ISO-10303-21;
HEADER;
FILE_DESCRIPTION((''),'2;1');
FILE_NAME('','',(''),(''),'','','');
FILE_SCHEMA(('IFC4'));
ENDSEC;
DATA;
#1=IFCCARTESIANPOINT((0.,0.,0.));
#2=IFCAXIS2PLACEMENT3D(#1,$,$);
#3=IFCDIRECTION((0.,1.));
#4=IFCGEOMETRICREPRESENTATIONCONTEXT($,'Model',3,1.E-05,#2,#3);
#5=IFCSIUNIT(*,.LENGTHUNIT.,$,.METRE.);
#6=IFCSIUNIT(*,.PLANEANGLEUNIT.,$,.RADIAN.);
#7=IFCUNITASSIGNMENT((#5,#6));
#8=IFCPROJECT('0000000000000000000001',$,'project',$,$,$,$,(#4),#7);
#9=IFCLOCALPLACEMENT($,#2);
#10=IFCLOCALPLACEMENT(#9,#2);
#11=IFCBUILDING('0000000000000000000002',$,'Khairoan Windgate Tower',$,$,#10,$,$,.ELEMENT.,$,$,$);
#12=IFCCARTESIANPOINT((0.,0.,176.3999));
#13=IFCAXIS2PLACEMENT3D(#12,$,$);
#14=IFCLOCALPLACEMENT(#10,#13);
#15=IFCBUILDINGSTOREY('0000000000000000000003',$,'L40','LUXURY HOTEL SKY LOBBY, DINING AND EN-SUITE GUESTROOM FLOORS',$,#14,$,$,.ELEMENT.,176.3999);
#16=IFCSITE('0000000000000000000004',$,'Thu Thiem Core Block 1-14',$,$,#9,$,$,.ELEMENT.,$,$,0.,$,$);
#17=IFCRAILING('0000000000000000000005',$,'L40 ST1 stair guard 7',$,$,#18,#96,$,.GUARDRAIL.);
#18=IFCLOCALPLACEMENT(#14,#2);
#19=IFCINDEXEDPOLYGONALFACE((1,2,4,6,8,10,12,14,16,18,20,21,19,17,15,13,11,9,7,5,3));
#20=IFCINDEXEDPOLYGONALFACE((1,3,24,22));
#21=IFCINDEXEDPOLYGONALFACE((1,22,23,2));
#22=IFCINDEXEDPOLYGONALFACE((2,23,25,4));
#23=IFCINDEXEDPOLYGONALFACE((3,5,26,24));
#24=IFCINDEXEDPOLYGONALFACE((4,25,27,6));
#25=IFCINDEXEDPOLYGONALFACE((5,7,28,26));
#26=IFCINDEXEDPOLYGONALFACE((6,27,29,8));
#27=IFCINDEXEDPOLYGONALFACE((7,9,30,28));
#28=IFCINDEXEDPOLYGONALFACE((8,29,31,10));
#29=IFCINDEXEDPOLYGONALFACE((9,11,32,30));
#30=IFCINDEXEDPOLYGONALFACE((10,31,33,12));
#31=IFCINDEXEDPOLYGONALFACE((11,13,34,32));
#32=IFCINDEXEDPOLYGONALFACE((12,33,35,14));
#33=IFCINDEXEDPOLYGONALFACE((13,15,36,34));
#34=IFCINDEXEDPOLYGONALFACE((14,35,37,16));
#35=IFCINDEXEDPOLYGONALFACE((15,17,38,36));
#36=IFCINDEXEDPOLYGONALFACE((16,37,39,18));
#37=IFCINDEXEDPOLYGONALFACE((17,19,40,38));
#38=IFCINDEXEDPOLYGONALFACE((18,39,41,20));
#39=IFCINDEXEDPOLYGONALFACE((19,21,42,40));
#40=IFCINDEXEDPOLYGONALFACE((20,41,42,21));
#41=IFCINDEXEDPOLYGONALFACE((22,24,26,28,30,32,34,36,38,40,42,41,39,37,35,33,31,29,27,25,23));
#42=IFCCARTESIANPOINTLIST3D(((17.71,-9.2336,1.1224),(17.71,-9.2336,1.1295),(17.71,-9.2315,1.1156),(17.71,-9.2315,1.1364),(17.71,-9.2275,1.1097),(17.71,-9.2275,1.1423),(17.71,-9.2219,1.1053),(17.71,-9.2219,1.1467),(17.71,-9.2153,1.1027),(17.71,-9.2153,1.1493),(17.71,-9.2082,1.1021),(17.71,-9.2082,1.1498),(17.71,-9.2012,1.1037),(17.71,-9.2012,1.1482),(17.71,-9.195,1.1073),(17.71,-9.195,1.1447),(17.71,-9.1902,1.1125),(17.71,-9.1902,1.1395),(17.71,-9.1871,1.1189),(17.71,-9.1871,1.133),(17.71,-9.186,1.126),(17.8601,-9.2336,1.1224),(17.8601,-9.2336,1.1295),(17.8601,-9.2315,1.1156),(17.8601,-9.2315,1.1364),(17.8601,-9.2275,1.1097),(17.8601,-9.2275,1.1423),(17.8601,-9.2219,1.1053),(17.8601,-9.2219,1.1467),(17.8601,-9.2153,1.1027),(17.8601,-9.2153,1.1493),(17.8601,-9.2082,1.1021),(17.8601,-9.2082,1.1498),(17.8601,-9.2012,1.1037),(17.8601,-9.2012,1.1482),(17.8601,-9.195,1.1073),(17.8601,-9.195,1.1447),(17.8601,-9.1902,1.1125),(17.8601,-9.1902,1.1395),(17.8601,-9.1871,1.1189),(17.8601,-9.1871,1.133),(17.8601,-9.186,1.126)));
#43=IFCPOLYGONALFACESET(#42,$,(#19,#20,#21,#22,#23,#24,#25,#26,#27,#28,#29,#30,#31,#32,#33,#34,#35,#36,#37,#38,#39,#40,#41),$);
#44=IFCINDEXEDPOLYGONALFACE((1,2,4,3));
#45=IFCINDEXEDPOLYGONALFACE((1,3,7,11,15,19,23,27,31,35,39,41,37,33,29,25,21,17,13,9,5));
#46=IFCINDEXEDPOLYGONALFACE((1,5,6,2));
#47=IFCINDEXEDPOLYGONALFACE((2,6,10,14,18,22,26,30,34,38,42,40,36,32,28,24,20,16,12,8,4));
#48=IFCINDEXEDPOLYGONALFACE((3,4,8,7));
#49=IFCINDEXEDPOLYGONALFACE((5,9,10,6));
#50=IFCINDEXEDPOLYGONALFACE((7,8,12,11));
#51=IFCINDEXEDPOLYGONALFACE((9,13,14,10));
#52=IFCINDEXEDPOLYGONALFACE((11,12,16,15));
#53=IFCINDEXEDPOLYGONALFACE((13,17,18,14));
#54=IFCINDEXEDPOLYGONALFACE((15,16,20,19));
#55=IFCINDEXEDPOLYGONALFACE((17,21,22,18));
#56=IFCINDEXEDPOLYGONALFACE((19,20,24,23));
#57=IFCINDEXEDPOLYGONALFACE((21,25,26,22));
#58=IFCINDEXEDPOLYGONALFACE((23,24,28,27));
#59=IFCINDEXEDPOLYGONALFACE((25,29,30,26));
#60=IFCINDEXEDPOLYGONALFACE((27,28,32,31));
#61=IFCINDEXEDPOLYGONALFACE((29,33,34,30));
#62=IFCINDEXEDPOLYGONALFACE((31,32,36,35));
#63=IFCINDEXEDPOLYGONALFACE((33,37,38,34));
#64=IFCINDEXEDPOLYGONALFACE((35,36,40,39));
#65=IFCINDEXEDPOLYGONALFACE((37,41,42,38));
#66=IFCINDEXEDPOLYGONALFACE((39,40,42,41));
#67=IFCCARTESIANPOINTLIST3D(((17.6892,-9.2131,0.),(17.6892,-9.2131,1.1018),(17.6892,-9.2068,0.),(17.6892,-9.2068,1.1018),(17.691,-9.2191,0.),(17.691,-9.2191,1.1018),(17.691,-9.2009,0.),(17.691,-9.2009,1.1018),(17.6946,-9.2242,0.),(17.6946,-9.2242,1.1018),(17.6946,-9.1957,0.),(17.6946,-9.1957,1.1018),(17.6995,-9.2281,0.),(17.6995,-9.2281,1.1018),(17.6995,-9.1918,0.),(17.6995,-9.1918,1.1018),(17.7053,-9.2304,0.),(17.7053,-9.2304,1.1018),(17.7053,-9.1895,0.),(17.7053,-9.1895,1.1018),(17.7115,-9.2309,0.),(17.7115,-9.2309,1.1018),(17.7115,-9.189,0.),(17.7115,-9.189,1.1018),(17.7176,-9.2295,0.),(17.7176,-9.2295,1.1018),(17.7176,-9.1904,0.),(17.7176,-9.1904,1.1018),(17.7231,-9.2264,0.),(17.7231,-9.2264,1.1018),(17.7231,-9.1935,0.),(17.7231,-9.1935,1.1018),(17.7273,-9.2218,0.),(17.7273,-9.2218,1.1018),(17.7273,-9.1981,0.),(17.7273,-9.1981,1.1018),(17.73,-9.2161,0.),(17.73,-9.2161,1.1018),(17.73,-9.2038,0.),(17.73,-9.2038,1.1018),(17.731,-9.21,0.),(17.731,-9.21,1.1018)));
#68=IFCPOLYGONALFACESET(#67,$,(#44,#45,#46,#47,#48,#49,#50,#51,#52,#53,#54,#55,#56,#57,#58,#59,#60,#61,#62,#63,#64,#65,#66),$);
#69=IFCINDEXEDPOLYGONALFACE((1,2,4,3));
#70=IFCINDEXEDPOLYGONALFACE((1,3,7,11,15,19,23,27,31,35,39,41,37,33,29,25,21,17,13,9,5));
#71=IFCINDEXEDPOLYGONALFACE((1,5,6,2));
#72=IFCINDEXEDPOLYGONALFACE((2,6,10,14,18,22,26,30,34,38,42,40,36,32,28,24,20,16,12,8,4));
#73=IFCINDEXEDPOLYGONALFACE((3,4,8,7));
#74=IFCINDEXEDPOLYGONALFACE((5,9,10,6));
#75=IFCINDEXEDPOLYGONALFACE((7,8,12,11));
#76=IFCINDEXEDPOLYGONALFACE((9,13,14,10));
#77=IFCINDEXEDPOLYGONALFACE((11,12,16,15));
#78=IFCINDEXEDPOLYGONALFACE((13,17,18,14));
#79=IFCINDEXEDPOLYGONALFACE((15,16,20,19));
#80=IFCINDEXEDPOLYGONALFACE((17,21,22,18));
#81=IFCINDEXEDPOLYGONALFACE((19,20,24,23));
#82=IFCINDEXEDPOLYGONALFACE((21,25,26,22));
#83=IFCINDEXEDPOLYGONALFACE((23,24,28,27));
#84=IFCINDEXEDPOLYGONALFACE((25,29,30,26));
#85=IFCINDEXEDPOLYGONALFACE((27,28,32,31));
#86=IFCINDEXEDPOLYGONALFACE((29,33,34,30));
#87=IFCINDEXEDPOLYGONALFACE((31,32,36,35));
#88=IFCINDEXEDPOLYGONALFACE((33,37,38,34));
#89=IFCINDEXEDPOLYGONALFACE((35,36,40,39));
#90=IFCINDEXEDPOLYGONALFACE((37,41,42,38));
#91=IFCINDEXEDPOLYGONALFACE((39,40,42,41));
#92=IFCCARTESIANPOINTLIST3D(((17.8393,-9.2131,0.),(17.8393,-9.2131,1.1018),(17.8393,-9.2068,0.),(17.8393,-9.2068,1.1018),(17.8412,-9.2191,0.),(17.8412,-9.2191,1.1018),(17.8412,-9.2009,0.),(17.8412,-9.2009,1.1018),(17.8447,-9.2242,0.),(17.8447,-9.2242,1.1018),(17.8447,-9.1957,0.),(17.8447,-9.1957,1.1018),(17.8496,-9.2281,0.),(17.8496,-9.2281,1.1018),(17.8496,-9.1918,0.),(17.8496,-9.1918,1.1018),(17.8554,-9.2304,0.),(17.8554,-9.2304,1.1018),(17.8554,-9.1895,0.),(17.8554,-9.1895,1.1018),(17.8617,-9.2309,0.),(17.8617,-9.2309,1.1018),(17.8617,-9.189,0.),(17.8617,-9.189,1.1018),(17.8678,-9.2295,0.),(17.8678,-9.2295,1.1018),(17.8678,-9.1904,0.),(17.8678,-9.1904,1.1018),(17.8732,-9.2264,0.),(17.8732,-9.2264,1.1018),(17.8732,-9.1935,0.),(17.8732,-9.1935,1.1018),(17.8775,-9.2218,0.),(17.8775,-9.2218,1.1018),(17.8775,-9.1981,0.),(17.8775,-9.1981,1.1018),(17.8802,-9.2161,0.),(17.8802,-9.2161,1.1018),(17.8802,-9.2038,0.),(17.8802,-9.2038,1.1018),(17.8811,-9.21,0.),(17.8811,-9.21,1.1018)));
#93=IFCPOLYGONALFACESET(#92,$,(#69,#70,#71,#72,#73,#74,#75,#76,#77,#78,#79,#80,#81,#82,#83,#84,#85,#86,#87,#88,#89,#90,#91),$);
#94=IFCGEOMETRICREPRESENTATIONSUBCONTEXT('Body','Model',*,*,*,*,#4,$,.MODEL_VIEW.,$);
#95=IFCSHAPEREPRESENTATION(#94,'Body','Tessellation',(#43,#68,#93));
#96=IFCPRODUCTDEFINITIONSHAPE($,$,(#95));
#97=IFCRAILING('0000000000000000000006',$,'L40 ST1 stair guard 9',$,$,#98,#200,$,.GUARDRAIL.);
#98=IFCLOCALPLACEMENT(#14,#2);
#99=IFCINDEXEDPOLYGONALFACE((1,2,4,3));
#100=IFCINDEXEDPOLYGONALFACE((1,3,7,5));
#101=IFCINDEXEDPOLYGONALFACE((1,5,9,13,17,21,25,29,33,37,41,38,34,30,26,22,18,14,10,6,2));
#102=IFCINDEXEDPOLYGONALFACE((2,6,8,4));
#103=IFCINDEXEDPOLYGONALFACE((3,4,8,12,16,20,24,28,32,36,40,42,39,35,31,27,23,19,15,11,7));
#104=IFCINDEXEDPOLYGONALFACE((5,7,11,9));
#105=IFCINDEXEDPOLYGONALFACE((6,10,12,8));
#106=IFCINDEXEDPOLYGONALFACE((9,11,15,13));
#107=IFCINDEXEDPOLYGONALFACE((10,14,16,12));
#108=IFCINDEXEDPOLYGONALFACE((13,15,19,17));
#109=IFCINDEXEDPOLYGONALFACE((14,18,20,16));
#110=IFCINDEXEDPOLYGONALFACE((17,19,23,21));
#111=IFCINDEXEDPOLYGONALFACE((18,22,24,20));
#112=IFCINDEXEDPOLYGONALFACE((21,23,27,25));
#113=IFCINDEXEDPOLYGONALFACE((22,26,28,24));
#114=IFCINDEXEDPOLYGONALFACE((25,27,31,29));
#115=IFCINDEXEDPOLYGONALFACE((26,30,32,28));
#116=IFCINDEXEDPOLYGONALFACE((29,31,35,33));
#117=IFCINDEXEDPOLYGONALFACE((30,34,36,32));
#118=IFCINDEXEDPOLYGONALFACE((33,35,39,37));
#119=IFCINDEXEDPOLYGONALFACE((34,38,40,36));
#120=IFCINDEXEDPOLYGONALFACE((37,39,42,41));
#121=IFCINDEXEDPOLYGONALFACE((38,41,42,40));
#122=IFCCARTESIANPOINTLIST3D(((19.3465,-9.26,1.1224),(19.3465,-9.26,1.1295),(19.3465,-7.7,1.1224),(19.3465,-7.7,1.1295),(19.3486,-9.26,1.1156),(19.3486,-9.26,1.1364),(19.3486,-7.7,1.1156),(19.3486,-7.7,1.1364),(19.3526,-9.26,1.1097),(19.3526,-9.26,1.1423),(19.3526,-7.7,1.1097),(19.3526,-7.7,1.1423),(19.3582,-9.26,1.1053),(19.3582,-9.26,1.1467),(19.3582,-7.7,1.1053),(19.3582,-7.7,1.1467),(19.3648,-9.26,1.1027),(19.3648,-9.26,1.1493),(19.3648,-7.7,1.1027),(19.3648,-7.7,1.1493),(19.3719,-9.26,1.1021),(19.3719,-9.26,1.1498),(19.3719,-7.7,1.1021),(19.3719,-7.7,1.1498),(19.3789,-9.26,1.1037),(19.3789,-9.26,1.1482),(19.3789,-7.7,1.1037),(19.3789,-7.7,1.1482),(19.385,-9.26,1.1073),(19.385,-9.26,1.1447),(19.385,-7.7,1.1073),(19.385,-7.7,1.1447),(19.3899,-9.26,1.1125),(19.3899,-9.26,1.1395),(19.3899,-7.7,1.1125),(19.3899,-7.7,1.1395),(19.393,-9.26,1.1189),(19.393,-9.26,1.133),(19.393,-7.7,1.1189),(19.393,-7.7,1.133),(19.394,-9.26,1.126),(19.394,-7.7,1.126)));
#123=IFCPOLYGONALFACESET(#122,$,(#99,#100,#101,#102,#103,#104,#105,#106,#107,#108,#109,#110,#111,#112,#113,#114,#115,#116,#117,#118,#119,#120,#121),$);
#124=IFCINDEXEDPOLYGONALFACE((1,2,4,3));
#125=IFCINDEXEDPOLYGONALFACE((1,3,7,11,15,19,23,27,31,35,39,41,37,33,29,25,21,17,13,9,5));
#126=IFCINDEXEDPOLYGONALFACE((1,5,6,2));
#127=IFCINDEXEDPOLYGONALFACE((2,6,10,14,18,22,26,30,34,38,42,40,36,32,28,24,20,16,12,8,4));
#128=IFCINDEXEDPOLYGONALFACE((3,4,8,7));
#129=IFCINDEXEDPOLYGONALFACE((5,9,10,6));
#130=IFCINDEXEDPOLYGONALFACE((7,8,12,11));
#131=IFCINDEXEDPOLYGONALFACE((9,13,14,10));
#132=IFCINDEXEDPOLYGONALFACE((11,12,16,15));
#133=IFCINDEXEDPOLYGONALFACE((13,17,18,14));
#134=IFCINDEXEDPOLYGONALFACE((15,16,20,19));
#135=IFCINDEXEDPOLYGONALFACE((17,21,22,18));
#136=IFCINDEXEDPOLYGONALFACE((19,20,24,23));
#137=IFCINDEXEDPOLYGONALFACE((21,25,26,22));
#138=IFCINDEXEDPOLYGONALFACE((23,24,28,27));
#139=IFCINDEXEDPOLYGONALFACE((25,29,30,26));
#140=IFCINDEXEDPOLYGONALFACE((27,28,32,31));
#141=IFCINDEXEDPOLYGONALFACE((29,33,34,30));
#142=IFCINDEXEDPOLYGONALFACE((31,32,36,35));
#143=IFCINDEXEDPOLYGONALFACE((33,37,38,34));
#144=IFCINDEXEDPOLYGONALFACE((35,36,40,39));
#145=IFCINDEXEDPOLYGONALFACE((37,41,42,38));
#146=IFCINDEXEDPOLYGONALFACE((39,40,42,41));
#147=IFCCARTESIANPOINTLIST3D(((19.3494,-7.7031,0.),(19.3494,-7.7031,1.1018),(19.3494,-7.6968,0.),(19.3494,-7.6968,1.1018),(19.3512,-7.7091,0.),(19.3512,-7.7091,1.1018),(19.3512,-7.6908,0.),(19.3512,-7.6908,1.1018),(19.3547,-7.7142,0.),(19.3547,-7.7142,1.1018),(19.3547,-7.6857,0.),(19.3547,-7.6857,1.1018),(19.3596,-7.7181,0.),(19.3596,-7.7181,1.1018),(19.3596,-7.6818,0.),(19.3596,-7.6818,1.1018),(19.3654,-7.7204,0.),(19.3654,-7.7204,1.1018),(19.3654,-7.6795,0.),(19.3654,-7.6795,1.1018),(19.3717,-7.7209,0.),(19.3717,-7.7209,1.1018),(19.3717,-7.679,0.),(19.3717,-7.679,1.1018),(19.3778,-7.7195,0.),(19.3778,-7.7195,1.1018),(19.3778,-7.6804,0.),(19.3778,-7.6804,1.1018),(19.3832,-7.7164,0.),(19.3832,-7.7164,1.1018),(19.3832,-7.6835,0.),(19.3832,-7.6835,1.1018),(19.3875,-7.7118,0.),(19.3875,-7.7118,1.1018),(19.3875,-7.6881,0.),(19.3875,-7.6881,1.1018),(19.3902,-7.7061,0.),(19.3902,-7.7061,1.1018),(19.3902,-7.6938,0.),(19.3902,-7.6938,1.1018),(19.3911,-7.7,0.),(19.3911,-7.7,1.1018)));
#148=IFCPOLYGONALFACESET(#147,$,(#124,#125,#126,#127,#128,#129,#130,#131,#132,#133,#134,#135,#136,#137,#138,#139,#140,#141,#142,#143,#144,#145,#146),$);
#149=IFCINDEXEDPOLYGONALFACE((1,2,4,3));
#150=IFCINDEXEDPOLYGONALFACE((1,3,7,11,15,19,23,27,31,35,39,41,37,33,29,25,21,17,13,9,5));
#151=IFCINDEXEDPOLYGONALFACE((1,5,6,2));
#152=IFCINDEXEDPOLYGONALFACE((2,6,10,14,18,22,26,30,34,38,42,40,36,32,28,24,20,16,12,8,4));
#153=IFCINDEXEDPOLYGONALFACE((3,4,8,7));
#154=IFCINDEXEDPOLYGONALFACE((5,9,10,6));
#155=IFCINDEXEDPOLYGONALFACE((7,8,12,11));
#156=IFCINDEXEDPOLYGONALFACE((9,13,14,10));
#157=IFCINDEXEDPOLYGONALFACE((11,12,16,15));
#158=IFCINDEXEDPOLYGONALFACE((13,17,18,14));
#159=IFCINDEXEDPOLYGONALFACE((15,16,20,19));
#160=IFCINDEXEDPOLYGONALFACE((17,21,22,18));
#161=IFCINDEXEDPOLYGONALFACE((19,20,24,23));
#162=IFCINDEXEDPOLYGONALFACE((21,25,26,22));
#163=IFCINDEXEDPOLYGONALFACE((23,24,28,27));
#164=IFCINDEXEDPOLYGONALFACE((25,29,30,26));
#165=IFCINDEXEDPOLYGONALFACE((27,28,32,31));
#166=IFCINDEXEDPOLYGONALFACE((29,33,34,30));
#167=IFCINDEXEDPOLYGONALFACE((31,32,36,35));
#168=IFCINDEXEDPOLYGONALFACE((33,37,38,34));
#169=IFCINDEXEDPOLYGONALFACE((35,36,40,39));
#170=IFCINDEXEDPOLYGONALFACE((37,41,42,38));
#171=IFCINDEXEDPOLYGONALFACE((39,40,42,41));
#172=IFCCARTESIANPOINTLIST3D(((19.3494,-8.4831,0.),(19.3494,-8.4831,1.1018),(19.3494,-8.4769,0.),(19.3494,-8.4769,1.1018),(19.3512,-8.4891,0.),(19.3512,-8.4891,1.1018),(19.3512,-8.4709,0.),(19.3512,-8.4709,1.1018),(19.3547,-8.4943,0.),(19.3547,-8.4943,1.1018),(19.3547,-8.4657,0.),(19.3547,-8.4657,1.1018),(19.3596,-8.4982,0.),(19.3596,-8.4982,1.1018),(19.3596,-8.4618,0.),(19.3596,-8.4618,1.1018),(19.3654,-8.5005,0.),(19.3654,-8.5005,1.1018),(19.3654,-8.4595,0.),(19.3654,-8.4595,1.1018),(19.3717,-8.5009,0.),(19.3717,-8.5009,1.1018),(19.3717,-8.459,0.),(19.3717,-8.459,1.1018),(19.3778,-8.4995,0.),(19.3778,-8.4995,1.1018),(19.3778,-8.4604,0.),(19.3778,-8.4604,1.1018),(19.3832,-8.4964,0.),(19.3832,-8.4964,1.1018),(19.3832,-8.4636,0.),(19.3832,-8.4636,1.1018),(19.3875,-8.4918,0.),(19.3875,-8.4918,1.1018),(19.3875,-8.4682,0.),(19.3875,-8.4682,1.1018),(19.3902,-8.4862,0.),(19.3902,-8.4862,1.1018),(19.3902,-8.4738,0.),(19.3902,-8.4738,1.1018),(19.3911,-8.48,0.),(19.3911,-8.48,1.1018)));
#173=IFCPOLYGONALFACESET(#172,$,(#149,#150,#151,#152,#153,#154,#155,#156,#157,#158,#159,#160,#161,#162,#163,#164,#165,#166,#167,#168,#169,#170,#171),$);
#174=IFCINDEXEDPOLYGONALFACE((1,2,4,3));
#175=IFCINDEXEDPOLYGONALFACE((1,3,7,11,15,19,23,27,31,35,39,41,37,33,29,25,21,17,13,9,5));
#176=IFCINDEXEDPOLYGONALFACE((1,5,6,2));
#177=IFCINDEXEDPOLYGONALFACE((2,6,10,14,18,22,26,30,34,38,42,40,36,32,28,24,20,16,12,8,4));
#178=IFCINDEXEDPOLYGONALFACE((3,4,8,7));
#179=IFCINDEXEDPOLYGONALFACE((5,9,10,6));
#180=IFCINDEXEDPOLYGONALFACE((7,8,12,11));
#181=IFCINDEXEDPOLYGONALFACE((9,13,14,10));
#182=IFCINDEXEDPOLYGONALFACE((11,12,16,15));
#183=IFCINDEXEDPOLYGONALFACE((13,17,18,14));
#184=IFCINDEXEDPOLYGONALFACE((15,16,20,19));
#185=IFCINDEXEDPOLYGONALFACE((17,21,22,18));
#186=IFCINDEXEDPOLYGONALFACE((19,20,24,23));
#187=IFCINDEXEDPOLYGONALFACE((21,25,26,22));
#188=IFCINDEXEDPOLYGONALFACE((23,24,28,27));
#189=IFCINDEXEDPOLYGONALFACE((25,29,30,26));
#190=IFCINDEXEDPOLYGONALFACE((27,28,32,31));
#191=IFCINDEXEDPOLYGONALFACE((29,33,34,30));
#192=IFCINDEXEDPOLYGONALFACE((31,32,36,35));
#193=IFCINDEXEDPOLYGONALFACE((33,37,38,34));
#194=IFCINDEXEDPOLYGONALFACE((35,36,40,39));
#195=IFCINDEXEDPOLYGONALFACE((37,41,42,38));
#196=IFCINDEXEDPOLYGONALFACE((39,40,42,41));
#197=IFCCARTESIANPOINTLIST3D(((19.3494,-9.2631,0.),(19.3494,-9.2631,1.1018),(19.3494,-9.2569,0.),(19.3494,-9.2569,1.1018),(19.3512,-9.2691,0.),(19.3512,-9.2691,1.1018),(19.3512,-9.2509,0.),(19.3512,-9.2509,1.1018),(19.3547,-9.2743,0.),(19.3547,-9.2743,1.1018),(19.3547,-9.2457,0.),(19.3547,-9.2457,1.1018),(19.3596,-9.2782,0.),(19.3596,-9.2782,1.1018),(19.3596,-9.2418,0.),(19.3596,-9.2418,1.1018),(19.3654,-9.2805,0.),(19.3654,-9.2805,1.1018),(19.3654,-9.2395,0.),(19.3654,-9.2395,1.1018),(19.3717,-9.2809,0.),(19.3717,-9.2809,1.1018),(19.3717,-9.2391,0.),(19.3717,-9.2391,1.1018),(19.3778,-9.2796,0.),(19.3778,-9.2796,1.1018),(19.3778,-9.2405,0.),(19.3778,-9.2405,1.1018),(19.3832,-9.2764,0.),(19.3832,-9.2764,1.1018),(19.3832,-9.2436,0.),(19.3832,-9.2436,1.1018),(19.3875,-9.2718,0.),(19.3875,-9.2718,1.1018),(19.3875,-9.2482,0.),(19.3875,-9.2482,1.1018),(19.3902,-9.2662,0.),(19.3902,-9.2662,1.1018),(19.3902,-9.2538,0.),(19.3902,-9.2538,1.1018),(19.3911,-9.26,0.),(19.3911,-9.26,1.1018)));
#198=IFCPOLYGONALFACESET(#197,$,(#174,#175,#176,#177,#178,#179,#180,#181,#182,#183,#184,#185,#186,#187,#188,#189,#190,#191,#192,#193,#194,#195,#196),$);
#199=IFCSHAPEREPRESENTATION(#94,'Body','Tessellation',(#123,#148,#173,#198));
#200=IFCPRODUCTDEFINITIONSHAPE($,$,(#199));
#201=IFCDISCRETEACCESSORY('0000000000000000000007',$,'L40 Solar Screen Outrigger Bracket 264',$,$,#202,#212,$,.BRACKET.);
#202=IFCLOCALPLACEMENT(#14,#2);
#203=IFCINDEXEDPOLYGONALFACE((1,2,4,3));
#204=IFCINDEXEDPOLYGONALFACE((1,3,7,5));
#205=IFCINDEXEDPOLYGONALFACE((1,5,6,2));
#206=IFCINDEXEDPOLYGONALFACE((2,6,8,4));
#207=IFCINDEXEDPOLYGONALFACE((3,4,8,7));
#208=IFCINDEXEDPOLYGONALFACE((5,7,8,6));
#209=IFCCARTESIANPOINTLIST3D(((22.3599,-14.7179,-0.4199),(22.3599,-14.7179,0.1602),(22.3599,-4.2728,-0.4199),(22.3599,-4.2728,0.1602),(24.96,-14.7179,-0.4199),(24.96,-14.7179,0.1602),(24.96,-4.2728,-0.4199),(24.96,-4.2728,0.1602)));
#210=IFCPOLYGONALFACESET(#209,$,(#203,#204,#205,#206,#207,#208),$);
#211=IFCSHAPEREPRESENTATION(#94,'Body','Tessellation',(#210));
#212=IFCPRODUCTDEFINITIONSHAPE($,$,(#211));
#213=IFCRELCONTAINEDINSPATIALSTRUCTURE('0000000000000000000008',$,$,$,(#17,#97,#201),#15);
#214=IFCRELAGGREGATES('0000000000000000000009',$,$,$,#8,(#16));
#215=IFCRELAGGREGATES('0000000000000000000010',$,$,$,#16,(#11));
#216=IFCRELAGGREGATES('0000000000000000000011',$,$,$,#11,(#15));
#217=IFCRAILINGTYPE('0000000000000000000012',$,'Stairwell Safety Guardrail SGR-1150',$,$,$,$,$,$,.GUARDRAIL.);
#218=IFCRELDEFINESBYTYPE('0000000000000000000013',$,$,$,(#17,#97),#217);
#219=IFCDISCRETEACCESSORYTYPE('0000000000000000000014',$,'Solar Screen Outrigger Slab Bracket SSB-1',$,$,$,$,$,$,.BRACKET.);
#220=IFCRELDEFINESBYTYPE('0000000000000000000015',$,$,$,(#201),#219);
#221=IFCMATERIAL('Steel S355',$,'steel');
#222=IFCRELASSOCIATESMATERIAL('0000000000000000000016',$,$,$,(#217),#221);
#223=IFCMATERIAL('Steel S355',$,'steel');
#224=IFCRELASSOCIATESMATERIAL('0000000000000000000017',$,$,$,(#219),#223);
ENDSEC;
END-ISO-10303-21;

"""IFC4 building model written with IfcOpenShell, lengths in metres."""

from ifc_helpers import new_model, si_unit, direction, frame, origin, origin_2d, place, context, subcontext, project, spatial, rectangle, circle, extrude, material, type_object, element, save


model = new_model("IFC4")

# Units and contexts
model_context = context("Model", 3, precision=1e-05, world=origin(), true_north=direction((0.0, 1.0)))
body_context = subcontext(model_context, "Body", "Model", "MODEL_VIEW")
ifc_project = project(units=[si_unit("LENGTHUNIT", "METRE"), si_unit("PLANEANGLEUNIT", "RADIAN")], contexts=[model_context])

# Site, building, storey
site_placement = place(None, origin())
site = spatial("IfcSite", under=ifc_project, at=site_placement, Name="Thu Thiem Core Block 1-14", CompositionType="ELEMENT", RefElevation=0.0)
building_placement = place(site_placement, origin())
building = spatial("IfcBuilding", under=site, at=building_placement, Name="Khairoan Windgate Tower", CompositionType="ELEMENT")
storey_placement = place(building_placement, frame((0.0, 0.0, 176.3999)))
storey = spatial("IfcBuildingStorey", under=building, at=storey_placement, Name="L40", Description="LUXURY HOTEL SKY LOBBY, DINING AND EN-SUITE GUESTROOM FLOORS", CompositionType="ELEMENT", Elevation=176.3999)

# Railings
ifc_material_1 = material(Name="Steel S355", Category="steel")
railing_type_1 = type_object("IfcRailingType", Name="Stairwell Safety Guardrail SGR-1150", PredefinedType="GUARDRAIL", material=ifc_material_1)
railing_1_placement = place(storey_placement, frame((17.71, -9.21, 0.0)))
element("IfcRailing", 1, at=railing_1_placement, inside=storey, type_object=railing_type_1, Name="L40 ST1 stair guard 7", PredefinedType="GUARDRAIL", context=body_context, shape_type="SweptSolid", body=[
    extrude(circle(Radius=0.0239, at=origin_2d()), frame((0.0, 0.0, 1.126), z_axis=(1.0, 0.0, 0.0), x_axis=(0.0, 1.0, 0.0)), (0.0, 0.0, 1.0), 0.1501),
    extrude(circle(Radius=0.021, at=origin_2d()), origin(), (0.0, 0.0, 1.0), 1.1018),
    extrude(circle(Radius=0.021, at=origin_2d()), frame((0.1501, 0.0, 0.0)), (0.0, 0.0, 1.0), 1.1018),
])
railing_2_placement = place(storey_placement, frame((19.3701, -7.7, 0.0)))
element("IfcRailing", 2, at=railing_2_placement, inside=storey, type_object=railing_type_1, Name="L40 ST1 stair guard 9", PredefinedType="GUARDRAIL", context=body_context, shape_type="SweptSolid", body=[
    extrude(circle(Radius=0.0239, at=origin_2d()), frame((0.0, 0.0, 1.126), z_axis=(0.0, -1.0, 0.0), x_axis=(1.0, 0.0, 0.0)), (0.0, 0.0, 1.0), 1.5601),
    extrude(circle(Radius=0.021, at=origin_2d()), origin(), (0.0, 0.0, 1.0), 1.1018),
    extrude(circle(Radius=0.021, at=origin_2d()), frame((0.0, -0.78, 0.0)), (0.0, 0.0, 1.0), 1.1018),
    extrude(circle(Radius=0.021, at=origin_2d()), frame((0.0, -1.5601, 0.0)), (0.0, 0.0, 1.0), 1.1018),
])

# Discrete accessory
ifc_material_2 = material(Name="Steel S355", Category="steel")
discrete_accessory_type = type_object("IfcDiscreteAccessoryType", Name="Solar Screen Outrigger Slab Bracket SSB-1", PredefinedType="BRACKET", material=ifc_material_2)
discrete_accessory_placement = place(storey_placement, frame((23.6599, -9.4954, -0.4199), z_axis=(0.0, 0.0, 1.0), x_axis=(0.0, -1.0, 0.0)))
element("IfcDiscreteAccessory", 3, at=discrete_accessory_placement, inside=storey, type_object=discrete_accessory_type, Name="L40 Solar Screen Outrigger Bracket 264", PredefinedType="BRACKET", context=body_context, shape_type="SweptSolid", body=[
    extrude(rectangle(XDim=10.4451, YDim=2.6001, at=origin_2d()), origin(), (0.0, 0.0, 1.0), 0.5801),
])

save(model, "model.ifc")
